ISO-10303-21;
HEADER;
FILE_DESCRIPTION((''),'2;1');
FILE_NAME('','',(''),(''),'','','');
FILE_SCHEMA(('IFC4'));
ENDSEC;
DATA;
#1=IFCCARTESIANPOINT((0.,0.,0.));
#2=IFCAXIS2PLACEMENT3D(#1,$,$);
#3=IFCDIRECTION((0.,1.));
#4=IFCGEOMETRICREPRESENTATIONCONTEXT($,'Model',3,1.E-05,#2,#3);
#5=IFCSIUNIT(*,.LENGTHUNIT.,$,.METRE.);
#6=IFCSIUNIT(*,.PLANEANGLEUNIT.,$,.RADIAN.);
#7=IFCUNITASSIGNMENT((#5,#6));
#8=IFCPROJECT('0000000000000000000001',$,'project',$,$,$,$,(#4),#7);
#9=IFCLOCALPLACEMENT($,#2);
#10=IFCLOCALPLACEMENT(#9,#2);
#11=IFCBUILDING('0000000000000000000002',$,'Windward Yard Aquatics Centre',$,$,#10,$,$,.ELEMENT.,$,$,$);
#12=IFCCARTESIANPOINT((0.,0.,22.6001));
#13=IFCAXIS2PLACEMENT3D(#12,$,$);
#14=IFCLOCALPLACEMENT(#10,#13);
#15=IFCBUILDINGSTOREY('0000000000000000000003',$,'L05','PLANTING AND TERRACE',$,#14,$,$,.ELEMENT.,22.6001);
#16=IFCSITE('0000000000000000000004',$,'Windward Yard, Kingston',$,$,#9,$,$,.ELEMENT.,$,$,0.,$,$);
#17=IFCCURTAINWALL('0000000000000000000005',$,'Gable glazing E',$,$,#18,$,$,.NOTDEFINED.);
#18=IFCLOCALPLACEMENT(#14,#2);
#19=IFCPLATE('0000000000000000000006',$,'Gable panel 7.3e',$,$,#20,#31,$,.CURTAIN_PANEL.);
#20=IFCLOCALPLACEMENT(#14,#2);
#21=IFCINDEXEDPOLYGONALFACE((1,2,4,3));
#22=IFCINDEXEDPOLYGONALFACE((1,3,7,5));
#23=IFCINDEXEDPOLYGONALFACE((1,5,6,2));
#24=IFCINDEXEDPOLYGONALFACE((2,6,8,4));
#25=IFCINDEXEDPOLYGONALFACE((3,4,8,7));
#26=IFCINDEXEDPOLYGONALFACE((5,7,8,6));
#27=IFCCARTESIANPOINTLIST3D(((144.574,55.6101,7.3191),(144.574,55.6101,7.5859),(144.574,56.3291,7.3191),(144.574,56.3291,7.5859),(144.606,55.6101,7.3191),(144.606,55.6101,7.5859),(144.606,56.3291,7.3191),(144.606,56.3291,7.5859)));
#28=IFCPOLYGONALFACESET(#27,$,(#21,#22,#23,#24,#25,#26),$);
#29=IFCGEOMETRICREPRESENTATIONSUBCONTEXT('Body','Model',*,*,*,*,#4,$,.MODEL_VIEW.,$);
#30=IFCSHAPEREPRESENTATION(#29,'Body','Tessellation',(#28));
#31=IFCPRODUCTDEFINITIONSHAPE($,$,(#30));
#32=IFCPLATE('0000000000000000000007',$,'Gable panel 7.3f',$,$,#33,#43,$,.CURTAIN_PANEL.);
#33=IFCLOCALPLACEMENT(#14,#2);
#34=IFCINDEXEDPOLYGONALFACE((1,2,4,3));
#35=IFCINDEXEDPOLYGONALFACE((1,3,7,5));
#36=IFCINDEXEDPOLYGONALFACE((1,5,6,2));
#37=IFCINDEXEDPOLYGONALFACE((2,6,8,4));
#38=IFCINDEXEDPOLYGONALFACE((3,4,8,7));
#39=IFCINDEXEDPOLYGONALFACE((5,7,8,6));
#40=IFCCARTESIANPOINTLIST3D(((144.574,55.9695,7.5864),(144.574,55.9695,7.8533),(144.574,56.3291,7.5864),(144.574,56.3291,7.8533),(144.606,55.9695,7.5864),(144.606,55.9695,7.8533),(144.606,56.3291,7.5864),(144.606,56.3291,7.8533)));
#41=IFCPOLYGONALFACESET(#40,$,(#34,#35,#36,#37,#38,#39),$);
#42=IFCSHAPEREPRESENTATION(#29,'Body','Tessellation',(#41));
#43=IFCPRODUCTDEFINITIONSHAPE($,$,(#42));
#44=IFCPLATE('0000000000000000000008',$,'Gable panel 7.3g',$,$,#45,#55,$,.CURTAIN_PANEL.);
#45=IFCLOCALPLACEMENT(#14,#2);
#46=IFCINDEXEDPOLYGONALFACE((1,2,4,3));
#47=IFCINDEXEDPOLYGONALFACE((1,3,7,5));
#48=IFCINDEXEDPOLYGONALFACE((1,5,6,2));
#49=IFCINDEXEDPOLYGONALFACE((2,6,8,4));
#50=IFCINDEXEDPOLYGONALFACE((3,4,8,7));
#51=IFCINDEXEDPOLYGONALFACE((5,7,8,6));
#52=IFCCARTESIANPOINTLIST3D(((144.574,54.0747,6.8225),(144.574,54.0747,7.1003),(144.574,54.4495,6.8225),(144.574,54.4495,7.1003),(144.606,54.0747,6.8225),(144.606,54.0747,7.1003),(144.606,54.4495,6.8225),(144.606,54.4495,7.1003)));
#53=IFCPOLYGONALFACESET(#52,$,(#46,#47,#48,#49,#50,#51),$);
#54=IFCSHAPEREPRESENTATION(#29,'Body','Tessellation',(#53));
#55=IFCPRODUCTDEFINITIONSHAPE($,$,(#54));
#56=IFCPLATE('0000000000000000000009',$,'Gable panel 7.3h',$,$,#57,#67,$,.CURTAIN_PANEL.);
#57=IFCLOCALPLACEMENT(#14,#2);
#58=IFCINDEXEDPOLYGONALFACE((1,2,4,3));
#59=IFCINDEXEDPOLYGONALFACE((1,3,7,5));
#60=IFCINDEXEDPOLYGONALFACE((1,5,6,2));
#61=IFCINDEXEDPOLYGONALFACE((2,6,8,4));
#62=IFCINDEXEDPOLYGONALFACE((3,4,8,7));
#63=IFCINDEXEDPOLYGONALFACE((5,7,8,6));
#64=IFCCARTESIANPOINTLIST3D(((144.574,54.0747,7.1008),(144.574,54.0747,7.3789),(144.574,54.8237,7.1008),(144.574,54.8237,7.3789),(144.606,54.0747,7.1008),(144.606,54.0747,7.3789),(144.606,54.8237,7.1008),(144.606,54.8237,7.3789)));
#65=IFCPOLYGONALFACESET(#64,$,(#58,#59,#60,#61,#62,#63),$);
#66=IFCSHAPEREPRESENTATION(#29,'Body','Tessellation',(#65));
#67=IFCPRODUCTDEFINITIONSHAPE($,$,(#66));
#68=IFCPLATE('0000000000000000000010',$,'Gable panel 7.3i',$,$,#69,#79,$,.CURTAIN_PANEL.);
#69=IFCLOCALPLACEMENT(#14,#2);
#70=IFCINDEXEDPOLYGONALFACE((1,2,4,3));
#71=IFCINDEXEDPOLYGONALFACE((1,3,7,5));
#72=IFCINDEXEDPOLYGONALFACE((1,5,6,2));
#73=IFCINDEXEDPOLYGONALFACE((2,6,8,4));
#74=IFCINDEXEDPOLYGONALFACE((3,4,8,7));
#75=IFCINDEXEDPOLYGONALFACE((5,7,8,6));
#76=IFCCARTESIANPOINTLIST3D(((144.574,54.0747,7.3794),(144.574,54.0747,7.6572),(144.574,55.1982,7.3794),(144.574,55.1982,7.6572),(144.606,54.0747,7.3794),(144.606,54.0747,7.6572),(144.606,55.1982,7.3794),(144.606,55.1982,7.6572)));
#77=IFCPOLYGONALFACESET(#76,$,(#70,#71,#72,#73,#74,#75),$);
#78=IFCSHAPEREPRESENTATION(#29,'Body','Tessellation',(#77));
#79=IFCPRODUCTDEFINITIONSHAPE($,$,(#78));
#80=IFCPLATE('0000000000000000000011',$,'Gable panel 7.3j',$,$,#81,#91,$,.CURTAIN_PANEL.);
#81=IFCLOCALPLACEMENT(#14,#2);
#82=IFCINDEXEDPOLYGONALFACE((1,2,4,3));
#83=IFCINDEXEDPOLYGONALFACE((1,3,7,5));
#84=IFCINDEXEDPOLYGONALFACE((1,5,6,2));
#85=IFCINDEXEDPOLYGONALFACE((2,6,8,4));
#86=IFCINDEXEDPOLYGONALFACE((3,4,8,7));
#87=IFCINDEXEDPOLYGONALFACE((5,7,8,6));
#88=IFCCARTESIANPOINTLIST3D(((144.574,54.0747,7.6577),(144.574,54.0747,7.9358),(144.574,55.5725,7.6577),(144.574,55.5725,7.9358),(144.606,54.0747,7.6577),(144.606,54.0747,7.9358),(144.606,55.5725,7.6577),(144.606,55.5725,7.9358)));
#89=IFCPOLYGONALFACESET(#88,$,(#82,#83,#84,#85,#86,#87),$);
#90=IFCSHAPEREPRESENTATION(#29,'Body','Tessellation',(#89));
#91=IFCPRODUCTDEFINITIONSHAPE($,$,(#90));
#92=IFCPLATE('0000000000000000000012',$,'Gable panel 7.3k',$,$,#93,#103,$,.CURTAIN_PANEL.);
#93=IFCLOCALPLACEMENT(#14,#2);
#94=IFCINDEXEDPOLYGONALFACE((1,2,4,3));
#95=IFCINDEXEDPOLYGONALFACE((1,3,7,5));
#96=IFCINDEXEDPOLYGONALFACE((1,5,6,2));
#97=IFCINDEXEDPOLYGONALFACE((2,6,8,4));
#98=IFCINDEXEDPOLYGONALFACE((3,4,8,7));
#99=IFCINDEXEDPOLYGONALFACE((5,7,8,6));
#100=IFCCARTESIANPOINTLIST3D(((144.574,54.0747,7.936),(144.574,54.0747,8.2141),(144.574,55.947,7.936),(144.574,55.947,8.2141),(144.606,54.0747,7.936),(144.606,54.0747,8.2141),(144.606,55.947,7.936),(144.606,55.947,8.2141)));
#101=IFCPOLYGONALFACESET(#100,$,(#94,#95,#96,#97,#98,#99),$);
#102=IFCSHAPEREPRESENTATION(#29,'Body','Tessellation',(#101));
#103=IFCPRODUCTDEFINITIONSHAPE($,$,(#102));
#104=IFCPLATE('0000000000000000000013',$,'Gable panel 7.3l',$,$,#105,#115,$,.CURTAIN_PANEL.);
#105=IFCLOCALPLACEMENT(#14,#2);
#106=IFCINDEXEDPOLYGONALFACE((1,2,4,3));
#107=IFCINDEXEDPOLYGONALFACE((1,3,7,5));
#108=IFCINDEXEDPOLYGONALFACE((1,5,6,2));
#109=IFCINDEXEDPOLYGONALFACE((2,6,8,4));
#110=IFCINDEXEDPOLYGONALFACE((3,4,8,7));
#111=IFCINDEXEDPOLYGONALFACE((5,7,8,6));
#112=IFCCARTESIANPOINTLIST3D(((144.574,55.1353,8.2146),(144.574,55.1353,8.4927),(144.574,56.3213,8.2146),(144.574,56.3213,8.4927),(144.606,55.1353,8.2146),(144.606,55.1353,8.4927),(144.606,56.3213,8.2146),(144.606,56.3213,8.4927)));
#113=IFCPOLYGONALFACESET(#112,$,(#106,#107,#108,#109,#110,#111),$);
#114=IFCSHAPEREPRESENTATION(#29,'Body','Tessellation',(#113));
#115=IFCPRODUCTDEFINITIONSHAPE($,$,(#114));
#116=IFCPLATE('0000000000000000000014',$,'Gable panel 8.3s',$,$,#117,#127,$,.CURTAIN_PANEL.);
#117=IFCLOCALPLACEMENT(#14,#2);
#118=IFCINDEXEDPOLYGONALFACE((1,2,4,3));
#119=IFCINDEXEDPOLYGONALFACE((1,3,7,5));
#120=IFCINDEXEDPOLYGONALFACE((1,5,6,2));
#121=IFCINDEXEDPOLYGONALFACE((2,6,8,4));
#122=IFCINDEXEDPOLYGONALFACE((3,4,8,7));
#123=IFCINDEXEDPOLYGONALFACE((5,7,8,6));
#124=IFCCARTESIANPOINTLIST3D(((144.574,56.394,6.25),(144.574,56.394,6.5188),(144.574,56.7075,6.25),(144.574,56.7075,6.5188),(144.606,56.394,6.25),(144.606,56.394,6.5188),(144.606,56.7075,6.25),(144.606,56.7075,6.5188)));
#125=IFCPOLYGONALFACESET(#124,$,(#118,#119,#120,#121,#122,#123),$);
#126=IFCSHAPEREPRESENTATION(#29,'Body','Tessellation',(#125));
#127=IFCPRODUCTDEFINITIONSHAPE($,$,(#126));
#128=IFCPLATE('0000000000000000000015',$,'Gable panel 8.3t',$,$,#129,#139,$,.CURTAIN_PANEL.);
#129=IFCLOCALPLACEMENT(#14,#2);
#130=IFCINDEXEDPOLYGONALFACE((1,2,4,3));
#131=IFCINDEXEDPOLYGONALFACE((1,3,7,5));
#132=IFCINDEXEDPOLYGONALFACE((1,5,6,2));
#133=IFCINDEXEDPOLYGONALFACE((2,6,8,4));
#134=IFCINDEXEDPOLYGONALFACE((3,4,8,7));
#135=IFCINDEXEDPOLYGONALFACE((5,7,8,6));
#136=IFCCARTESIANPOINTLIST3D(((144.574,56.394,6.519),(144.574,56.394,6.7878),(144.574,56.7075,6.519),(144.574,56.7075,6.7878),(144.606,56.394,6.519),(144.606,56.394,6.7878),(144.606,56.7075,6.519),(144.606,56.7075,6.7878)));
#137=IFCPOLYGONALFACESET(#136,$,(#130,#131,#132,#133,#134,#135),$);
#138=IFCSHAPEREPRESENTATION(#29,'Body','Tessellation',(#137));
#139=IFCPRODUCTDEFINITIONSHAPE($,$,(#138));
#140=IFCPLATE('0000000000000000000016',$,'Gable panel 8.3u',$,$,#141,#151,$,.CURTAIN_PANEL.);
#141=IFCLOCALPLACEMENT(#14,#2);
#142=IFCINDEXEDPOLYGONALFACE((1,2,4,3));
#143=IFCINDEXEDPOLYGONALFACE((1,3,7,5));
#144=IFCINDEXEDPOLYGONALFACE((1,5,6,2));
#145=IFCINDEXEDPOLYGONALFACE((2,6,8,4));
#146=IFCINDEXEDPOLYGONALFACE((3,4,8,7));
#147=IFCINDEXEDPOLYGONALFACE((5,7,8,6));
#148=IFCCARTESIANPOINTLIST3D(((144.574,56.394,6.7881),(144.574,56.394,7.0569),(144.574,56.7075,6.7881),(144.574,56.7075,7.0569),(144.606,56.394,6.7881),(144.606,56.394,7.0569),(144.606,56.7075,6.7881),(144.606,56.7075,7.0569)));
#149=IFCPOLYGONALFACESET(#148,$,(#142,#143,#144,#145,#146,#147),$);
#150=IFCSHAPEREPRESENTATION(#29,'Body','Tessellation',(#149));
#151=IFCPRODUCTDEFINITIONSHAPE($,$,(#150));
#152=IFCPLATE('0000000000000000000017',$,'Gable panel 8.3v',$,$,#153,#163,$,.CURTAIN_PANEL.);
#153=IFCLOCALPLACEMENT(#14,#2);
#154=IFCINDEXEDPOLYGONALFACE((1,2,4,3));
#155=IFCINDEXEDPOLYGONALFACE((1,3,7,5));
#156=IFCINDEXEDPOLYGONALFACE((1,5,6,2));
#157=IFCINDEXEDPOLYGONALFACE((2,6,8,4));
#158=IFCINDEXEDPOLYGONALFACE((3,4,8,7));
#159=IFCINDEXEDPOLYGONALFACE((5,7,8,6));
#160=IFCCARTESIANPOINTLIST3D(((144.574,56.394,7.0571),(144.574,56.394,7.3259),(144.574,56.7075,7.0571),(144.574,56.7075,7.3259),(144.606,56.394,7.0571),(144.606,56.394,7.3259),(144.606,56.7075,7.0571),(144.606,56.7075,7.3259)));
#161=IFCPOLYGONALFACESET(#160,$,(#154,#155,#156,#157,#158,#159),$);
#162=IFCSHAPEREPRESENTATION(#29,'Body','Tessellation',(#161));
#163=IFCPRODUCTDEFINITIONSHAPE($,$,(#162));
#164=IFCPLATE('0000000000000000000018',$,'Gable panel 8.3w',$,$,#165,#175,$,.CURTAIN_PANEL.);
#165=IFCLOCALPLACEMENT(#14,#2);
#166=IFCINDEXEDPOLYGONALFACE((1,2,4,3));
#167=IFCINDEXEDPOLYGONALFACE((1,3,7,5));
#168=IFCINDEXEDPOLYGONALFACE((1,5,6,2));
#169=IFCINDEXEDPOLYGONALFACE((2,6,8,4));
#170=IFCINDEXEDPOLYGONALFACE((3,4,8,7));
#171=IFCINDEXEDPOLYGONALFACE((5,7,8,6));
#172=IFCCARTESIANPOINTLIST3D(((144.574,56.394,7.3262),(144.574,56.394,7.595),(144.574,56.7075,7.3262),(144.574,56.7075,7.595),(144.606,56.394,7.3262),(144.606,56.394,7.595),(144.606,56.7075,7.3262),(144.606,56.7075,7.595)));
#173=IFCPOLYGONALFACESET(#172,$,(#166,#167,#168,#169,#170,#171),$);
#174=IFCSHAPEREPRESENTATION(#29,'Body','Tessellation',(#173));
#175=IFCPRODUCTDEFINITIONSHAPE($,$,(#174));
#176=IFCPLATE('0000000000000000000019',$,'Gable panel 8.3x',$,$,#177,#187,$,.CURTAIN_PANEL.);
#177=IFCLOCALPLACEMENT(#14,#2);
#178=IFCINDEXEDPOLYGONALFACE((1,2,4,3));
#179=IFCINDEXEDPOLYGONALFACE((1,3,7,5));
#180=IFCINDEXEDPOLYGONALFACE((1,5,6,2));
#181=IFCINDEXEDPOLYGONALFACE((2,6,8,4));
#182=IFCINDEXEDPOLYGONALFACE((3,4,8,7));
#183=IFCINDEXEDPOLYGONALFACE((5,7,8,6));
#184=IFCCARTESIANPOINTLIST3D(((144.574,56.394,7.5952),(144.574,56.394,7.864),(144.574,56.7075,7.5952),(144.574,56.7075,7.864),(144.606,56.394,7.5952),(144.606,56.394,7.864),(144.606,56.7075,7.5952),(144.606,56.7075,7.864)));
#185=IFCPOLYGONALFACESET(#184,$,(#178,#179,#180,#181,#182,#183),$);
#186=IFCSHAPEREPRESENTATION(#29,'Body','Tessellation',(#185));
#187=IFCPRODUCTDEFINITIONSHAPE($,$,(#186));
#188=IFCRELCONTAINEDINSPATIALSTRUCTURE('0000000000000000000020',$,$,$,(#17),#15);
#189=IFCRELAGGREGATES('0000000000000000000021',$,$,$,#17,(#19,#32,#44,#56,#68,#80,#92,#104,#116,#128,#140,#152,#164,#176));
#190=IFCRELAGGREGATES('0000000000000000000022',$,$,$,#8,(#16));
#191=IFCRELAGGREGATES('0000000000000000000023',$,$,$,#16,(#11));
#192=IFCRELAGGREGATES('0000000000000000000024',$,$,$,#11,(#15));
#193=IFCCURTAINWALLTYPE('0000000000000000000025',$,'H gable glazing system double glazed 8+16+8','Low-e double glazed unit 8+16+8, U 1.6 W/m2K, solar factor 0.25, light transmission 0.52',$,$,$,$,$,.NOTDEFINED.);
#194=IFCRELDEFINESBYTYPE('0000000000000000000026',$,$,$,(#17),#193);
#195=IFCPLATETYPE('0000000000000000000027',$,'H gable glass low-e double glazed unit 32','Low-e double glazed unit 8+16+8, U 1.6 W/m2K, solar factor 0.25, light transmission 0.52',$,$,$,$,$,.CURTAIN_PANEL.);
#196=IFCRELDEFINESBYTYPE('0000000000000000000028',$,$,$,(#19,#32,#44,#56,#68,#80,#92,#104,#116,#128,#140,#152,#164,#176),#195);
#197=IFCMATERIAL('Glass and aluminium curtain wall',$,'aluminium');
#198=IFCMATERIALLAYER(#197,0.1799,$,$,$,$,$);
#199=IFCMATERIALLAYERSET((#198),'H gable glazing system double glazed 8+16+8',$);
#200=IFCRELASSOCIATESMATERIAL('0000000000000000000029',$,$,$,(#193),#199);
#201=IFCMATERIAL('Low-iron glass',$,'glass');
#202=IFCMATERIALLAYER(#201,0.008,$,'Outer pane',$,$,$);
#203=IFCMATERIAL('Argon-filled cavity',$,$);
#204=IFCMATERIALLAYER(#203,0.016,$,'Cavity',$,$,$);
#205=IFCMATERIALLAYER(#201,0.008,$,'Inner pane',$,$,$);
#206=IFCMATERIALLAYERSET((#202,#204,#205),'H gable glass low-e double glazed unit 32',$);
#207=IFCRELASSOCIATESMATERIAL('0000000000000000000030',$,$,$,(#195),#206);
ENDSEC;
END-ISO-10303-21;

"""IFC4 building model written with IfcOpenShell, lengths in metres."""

from ifc_helpers import new_model, si_unit, direction, frame, origin, place, context, subcontext, project, spatial, polyline, outline, extrude, material, layer, layer_set, type_object, element, aggregate, save


model = new_model("IFC4")

# Units and contexts
model_context = context("Model", 3, precision=1e-05, world=origin(), true_north=direction((0.0, 1.0)))
body_context = subcontext(model_context, "Body", "Model", "MODEL_VIEW")
ifc_project = project(units=[si_unit("LENGTHUNIT", "METRE"), si_unit("PLANEANGLEUNIT", "RADIAN")], contexts=[model_context])

# Site, building, storey
site_placement = place(None, origin())
site = spatial("IfcSite", under=ifc_project, at=site_placement, Name="Windward Yard, Kingston", CompositionType="ELEMENT", RefElevation=0.0)
building_placement = place(site_placement, origin())
building = spatial("IfcBuilding", under=site, at=building_placement, Name="Windward Yard Aquatics Centre", CompositionType="ELEMENT")
storey_placement = place(building_placement, frame((0.0, 0.0, 22.6001)))
storey = spatial("IfcBuildingStorey", under=building, at=storey_placement, Name="L05", Description="PLANTING AND TERRACE", CompositionType="ELEMENT", Elevation=22.6001)

# Curtain wall, plates
ifc_material_1 = material(Name="Glass and aluminium curtain wall", Category="aluminium")
ifc_layer_1 = layer(ifc_material_1, 0.1799)
ifc_layer_set_1 = layer_set([ifc_layer_1], Name="H gable glazing system double glazed 8+16+8")
curtain_wall_type = type_object("IfcCurtainWallType", Name="H gable glazing system double glazed 8+16+8", Description="Low-e double glazed unit 8+16+8, U 1.6 W/m2K, solar factor 0.25, light transmission 0.52", PredefinedType="NOTDEFINED", material=ifc_layer_set_1)
curtain_wall_placement = place(storey_placement, origin())
curtain_wall = element("IfcCurtainWall", 1, at=curtain_wall_placement, inside=storey, type_object=curtain_wall_type, Name="Gable glazing E", PredefinedType="NOTDEFINED")
ifc_material_2 = material(Name="Low-iron glass", Category="glass")
ifc_layer_2 = layer(ifc_material_2, 0.008, Name="Outer pane")
ifc_material_3 = material(Name="Argon-filled cavity")
ifc_layer_3 = layer(ifc_material_3, 0.016, Name="Cavity")
ifc_layer_4 = layer(ifc_material_2, 0.008, Name="Inner pane")
ifc_layer_set_2 = layer_set([ifc_layer_2, ifc_layer_3, ifc_layer_4], Name="H gable glass low-e double glazed unit 32")
plate_type = type_object("IfcPlateType", Name="H gable glass low-e double glazed unit 32", Description="Low-e double glazed unit 8+16+8, U 1.6 W/m2K, solar factor 0.25, light transmission 0.52", PredefinedType="CURTAIN_PANEL", material=ifc_layer_set_2)
plate_1_placement = place(storey_placement, frame((144.606, 55.6101, 7.3191), z_axis=(1.0, 0.0, 0.0), x_axis=(0.0, 1.0, 0.0)))
plate_1 = element("IfcPlate", 2, at=plate_1_placement, type_object=plate_type, Name="Gable panel 7.3e", PredefinedType="CURTAIN_PANEL", context=body_context, shape_type="SweptSolid", body=[
    extrude(outline(polyline([(0.0, 0.0), (0.719, 0.0), (0.719, 0.2668), (0.0, 0.2668), (0.0, 0.0)])), origin(), (0.0, 0.0, -1.0), 0.032),
])
plate_2_placement = place(storey_placement, frame((144.606, 55.9695, 7.5864), z_axis=(1.0, 0.0, 0.0), x_axis=(0.0, 1.0, 0.0)))
plate_2 = element("IfcPlate", 3, at=plate_2_placement, type_object=plate_type, Name="Gable panel 7.3f", PredefinedType="CURTAIN_PANEL", context=body_context, shape_type="SweptSolid", body=[
    extrude(outline(polyline([(0.0, 0.0), (0.3596, 0.0), (0.3596, 0.2668), (0.0, 0.2668), (0.0, 0.0)])), origin(), (0.0, 0.0, -1.0), 0.032),
])
plate_3_placement = place(storey_placement, frame((144.606, 54.0747, 6.8225), z_axis=(1.0, 0.0, 0.0), x_axis=(0.0, 1.0, 0.0)))
plate_3 = element("IfcPlate", 4, at=plate_3_placement, type_object=plate_type, Name="Gable panel 7.3g", PredefinedType="CURTAIN_PANEL", context=body_context, shape_type="SweptSolid", body=[
    extrude(outline(polyline([(0.0, 0.0), (0.3748, 0.0), (0.3748, 0.2778), (0.0, 0.2778), (0.0, 0.0)])), origin(), (0.0, 0.0, -1.0), 0.032),
])
plate_4_placement = place(storey_placement, frame((144.606, 54.0747, 7.1008), z_axis=(1.0, 0.0, 0.0), x_axis=(0.0, 1.0, 0.0)))
plate_4 = element("IfcPlate", 5, at=plate_4_placement, type_object=plate_type, Name="Gable panel 7.3h", PredefinedType="CURTAIN_PANEL", context=body_context, shape_type="SweptSolid", body=[
    extrude(outline(polyline([(0.0, 0.0), (0.749, 0.0), (0.749, 0.2781), (0.0, 0.2781), (0.0, 0.0)])), origin(), (0.0, 0.0, -1.0), 0.032),
])
plate_5_placement = place(storey_placement, frame((144.606, 54.0747, 7.3794), z_axis=(1.0, 0.0, 0.0), x_axis=(0.0, 1.0, 0.0)))
plate_5 = element("IfcPlate", 6, at=plate_5_placement, type_object=plate_type, Name="Gable panel 7.3i", PredefinedType="CURTAIN_PANEL", context=body_context, shape_type="SweptSolid", body=[
    extrude(outline(polyline([(0.0, 0.0), (1.1235, 0.0), (1.1235, 0.2778), (0.0, 0.2778), (0.0, 0.0)])), origin(), (0.0, 0.0, -1.0), 0.032),
])
plate_6_placement = place(storey_placement, frame((144.606, 54.0747, 7.6577), z_axis=(1.0, 0.0, 0.0), x_axis=(0.0, 1.0, 0.0)))
plate_6 = element("IfcPlate", 7, at=plate_6_placement, type_object=plate_type, Name="Gable panel 7.3j", PredefinedType="CURTAIN_PANEL", context=body_context, shape_type="SweptSolid", body=[
    extrude(outline(polyline([(0.0, 0.0), (1.4978, 0.0), (1.4978, 0.2781), (0.0, 0.2781), (0.0, 0.0)])), origin(), (0.0, 0.0, -1.0), 0.032),
])
plate_7_placement = place(storey_placement, frame((144.606, 54.0747, 7.936), z_axis=(1.0, 0.0, 0.0), x_axis=(0.0, 1.0, 0.0)))
plate_7 = element("IfcPlate", 8, at=plate_7_placement, type_object=plate_type, Name="Gable panel 7.3k", PredefinedType="CURTAIN_PANEL", context=body_context, shape_type="SweptSolid", body=[
    extrude(outline(polyline([(0.0, 0.0), (1.8723, 0.0), (1.8723, 0.2781), (0.0, 0.2781), (0.0, 0.0)])), origin(), (0.0, 0.0, -1.0), 0.032),
])
plate_8_placement = place(storey_placement, frame((144.606, 55.1353, 8.2146), z_axis=(1.0, 0.0, 0.0), x_axis=(0.0, 1.0, 0.0)))
plate_8 = element("IfcPlate", 9, at=plate_8_placement, type_object=plate_type, Name="Gable panel 7.3l", PredefinedType="CURTAIN_PANEL", context=body_context, shape_type="SweptSolid", body=[
    extrude(outline(polyline([(0.0, 0.0), (1.186, 0.0), (1.186, 0.2781), (0.0, 0.2781), (0.0, 0.0)])), origin(), (0.0, 0.0, -1.0), 0.032),
])
plate_9_placement = place(storey_placement, frame((144.606, 56.394, 6.25), z_axis=(1.0, 0.0, 0.0), x_axis=(0.0, 1.0, 0.0)))
plate_9 = element("IfcPlate", 10, at=plate_9_placement, type_object=plate_type, Name="Gable panel 8.3s", PredefinedType="CURTAIN_PANEL", context=body_context, shape_type="SweptSolid", body=[
    extrude(outline(polyline([(0.0, 0.0), (0.3135, 0.0), (0.3135, 0.2688), (0.0, 0.2688), (0.0, 0.0)])), origin(), (0.0, 0.0, -1.0), 0.032),
])
plate_10_placement = place(storey_placement, frame((144.606, 56.394, 6.519), z_axis=(1.0, 0.0, 0.0), x_axis=(0.0, 1.0, 0.0)))
plate_10 = element("IfcPlate", 11, at=plate_10_placement, type_object=plate_type, Name="Gable panel 8.3t", PredefinedType="CURTAIN_PANEL", context=body_context, shape_type="SweptSolid", body=[
    extrude(outline(polyline([(0.0, 0.0), (0.3135, 0.0), (0.3135, 0.2688), (0.0, 0.2688), (0.0, 0.0)])), origin(), (0.0, 0.0, -1.0), 0.032),
])
plate_11_placement = place(storey_placement, frame((144.606, 56.394, 6.7881), z_axis=(1.0, 0.0, 0.0), x_axis=(0.0, 1.0, 0.0)))
plate_11 = element("IfcPlate", 12, at=plate_11_placement, type_object=plate_type, Name="Gable panel 8.3u", PredefinedType="CURTAIN_PANEL", context=body_context, shape_type="SweptSolid", body=[
    extrude(outline(polyline([(0.0, 0.0), (0.3135, 0.0), (0.3135, 0.2688), (0.0, 0.2688), (0.0, 0.0)])), origin(), (0.0, 0.0, -1.0), 0.032),
])
plate_12_placement = place(storey_placement, frame((144.606, 56.394, 7.0571), z_axis=(1.0, 0.0, 0.0), x_axis=(0.0, 1.0, 0.0)))
plate_12 = element("IfcPlate", 13, at=plate_12_placement, type_object=plate_type, Name="Gable panel 8.3v", PredefinedType="CURTAIN_PANEL", context=body_context, shape_type="SweptSolid", body=[
    extrude(outline(polyline([(0.0, 0.0), (0.3135, 0.0), (0.3135, 0.2688), (0.0, 0.2688), (0.0, 0.0)])), origin(), (0.0, 0.0, -1.0), 0.032),
])
plate_13_placement = place(storey_placement, frame((144.606, 56.394, 7.3262), z_axis=(1.0, 0.0, 0.0), x_axis=(0.0, 1.0, 0.0)))
plate_13 = element("IfcPlate", 14, at=plate_13_placement, type_object=plate_type, Name="Gable panel 8.3w", PredefinedType="CURTAIN_PANEL", context=body_context, shape_type="SweptSolid", body=[
    extrude(outline(polyline([(0.0, 0.0), (0.3135, 0.0), (0.3135, 0.2688), (0.0, 0.2688), (0.0, 0.0)])), origin(), (0.0, 0.0, -1.0), 0.032),
])
plate_14_placement = place(storey_placement, frame((144.606, 56.394, 7.5952), z_axis=(1.0, 0.0, 0.0), x_axis=(0.0, 1.0, 0.0)))
plate_14 = element("IfcPlate", 15, at=plate_14_placement, type_object=plate_type, Name="Gable panel 8.3x", PredefinedType="CURTAIN_PANEL", context=body_context, shape_type="SweptSolid", body=[
    extrude(outline(polyline([(0.0, 0.0), (0.3135, 0.0), (0.3135, 0.2688), (0.0, 0.2688), (0.0, 0.0)])), origin(), (0.0, 0.0, -1.0), 0.032),
])
aggregate(curtain_wall, [plate_1, plate_2, plate_3, plate_4, plate_5, plate_6, plate_7, plate_8, plate_9, plate_10, plate_11, plate_12, plate_13, plate_14])

save(model, "model.ifc")
